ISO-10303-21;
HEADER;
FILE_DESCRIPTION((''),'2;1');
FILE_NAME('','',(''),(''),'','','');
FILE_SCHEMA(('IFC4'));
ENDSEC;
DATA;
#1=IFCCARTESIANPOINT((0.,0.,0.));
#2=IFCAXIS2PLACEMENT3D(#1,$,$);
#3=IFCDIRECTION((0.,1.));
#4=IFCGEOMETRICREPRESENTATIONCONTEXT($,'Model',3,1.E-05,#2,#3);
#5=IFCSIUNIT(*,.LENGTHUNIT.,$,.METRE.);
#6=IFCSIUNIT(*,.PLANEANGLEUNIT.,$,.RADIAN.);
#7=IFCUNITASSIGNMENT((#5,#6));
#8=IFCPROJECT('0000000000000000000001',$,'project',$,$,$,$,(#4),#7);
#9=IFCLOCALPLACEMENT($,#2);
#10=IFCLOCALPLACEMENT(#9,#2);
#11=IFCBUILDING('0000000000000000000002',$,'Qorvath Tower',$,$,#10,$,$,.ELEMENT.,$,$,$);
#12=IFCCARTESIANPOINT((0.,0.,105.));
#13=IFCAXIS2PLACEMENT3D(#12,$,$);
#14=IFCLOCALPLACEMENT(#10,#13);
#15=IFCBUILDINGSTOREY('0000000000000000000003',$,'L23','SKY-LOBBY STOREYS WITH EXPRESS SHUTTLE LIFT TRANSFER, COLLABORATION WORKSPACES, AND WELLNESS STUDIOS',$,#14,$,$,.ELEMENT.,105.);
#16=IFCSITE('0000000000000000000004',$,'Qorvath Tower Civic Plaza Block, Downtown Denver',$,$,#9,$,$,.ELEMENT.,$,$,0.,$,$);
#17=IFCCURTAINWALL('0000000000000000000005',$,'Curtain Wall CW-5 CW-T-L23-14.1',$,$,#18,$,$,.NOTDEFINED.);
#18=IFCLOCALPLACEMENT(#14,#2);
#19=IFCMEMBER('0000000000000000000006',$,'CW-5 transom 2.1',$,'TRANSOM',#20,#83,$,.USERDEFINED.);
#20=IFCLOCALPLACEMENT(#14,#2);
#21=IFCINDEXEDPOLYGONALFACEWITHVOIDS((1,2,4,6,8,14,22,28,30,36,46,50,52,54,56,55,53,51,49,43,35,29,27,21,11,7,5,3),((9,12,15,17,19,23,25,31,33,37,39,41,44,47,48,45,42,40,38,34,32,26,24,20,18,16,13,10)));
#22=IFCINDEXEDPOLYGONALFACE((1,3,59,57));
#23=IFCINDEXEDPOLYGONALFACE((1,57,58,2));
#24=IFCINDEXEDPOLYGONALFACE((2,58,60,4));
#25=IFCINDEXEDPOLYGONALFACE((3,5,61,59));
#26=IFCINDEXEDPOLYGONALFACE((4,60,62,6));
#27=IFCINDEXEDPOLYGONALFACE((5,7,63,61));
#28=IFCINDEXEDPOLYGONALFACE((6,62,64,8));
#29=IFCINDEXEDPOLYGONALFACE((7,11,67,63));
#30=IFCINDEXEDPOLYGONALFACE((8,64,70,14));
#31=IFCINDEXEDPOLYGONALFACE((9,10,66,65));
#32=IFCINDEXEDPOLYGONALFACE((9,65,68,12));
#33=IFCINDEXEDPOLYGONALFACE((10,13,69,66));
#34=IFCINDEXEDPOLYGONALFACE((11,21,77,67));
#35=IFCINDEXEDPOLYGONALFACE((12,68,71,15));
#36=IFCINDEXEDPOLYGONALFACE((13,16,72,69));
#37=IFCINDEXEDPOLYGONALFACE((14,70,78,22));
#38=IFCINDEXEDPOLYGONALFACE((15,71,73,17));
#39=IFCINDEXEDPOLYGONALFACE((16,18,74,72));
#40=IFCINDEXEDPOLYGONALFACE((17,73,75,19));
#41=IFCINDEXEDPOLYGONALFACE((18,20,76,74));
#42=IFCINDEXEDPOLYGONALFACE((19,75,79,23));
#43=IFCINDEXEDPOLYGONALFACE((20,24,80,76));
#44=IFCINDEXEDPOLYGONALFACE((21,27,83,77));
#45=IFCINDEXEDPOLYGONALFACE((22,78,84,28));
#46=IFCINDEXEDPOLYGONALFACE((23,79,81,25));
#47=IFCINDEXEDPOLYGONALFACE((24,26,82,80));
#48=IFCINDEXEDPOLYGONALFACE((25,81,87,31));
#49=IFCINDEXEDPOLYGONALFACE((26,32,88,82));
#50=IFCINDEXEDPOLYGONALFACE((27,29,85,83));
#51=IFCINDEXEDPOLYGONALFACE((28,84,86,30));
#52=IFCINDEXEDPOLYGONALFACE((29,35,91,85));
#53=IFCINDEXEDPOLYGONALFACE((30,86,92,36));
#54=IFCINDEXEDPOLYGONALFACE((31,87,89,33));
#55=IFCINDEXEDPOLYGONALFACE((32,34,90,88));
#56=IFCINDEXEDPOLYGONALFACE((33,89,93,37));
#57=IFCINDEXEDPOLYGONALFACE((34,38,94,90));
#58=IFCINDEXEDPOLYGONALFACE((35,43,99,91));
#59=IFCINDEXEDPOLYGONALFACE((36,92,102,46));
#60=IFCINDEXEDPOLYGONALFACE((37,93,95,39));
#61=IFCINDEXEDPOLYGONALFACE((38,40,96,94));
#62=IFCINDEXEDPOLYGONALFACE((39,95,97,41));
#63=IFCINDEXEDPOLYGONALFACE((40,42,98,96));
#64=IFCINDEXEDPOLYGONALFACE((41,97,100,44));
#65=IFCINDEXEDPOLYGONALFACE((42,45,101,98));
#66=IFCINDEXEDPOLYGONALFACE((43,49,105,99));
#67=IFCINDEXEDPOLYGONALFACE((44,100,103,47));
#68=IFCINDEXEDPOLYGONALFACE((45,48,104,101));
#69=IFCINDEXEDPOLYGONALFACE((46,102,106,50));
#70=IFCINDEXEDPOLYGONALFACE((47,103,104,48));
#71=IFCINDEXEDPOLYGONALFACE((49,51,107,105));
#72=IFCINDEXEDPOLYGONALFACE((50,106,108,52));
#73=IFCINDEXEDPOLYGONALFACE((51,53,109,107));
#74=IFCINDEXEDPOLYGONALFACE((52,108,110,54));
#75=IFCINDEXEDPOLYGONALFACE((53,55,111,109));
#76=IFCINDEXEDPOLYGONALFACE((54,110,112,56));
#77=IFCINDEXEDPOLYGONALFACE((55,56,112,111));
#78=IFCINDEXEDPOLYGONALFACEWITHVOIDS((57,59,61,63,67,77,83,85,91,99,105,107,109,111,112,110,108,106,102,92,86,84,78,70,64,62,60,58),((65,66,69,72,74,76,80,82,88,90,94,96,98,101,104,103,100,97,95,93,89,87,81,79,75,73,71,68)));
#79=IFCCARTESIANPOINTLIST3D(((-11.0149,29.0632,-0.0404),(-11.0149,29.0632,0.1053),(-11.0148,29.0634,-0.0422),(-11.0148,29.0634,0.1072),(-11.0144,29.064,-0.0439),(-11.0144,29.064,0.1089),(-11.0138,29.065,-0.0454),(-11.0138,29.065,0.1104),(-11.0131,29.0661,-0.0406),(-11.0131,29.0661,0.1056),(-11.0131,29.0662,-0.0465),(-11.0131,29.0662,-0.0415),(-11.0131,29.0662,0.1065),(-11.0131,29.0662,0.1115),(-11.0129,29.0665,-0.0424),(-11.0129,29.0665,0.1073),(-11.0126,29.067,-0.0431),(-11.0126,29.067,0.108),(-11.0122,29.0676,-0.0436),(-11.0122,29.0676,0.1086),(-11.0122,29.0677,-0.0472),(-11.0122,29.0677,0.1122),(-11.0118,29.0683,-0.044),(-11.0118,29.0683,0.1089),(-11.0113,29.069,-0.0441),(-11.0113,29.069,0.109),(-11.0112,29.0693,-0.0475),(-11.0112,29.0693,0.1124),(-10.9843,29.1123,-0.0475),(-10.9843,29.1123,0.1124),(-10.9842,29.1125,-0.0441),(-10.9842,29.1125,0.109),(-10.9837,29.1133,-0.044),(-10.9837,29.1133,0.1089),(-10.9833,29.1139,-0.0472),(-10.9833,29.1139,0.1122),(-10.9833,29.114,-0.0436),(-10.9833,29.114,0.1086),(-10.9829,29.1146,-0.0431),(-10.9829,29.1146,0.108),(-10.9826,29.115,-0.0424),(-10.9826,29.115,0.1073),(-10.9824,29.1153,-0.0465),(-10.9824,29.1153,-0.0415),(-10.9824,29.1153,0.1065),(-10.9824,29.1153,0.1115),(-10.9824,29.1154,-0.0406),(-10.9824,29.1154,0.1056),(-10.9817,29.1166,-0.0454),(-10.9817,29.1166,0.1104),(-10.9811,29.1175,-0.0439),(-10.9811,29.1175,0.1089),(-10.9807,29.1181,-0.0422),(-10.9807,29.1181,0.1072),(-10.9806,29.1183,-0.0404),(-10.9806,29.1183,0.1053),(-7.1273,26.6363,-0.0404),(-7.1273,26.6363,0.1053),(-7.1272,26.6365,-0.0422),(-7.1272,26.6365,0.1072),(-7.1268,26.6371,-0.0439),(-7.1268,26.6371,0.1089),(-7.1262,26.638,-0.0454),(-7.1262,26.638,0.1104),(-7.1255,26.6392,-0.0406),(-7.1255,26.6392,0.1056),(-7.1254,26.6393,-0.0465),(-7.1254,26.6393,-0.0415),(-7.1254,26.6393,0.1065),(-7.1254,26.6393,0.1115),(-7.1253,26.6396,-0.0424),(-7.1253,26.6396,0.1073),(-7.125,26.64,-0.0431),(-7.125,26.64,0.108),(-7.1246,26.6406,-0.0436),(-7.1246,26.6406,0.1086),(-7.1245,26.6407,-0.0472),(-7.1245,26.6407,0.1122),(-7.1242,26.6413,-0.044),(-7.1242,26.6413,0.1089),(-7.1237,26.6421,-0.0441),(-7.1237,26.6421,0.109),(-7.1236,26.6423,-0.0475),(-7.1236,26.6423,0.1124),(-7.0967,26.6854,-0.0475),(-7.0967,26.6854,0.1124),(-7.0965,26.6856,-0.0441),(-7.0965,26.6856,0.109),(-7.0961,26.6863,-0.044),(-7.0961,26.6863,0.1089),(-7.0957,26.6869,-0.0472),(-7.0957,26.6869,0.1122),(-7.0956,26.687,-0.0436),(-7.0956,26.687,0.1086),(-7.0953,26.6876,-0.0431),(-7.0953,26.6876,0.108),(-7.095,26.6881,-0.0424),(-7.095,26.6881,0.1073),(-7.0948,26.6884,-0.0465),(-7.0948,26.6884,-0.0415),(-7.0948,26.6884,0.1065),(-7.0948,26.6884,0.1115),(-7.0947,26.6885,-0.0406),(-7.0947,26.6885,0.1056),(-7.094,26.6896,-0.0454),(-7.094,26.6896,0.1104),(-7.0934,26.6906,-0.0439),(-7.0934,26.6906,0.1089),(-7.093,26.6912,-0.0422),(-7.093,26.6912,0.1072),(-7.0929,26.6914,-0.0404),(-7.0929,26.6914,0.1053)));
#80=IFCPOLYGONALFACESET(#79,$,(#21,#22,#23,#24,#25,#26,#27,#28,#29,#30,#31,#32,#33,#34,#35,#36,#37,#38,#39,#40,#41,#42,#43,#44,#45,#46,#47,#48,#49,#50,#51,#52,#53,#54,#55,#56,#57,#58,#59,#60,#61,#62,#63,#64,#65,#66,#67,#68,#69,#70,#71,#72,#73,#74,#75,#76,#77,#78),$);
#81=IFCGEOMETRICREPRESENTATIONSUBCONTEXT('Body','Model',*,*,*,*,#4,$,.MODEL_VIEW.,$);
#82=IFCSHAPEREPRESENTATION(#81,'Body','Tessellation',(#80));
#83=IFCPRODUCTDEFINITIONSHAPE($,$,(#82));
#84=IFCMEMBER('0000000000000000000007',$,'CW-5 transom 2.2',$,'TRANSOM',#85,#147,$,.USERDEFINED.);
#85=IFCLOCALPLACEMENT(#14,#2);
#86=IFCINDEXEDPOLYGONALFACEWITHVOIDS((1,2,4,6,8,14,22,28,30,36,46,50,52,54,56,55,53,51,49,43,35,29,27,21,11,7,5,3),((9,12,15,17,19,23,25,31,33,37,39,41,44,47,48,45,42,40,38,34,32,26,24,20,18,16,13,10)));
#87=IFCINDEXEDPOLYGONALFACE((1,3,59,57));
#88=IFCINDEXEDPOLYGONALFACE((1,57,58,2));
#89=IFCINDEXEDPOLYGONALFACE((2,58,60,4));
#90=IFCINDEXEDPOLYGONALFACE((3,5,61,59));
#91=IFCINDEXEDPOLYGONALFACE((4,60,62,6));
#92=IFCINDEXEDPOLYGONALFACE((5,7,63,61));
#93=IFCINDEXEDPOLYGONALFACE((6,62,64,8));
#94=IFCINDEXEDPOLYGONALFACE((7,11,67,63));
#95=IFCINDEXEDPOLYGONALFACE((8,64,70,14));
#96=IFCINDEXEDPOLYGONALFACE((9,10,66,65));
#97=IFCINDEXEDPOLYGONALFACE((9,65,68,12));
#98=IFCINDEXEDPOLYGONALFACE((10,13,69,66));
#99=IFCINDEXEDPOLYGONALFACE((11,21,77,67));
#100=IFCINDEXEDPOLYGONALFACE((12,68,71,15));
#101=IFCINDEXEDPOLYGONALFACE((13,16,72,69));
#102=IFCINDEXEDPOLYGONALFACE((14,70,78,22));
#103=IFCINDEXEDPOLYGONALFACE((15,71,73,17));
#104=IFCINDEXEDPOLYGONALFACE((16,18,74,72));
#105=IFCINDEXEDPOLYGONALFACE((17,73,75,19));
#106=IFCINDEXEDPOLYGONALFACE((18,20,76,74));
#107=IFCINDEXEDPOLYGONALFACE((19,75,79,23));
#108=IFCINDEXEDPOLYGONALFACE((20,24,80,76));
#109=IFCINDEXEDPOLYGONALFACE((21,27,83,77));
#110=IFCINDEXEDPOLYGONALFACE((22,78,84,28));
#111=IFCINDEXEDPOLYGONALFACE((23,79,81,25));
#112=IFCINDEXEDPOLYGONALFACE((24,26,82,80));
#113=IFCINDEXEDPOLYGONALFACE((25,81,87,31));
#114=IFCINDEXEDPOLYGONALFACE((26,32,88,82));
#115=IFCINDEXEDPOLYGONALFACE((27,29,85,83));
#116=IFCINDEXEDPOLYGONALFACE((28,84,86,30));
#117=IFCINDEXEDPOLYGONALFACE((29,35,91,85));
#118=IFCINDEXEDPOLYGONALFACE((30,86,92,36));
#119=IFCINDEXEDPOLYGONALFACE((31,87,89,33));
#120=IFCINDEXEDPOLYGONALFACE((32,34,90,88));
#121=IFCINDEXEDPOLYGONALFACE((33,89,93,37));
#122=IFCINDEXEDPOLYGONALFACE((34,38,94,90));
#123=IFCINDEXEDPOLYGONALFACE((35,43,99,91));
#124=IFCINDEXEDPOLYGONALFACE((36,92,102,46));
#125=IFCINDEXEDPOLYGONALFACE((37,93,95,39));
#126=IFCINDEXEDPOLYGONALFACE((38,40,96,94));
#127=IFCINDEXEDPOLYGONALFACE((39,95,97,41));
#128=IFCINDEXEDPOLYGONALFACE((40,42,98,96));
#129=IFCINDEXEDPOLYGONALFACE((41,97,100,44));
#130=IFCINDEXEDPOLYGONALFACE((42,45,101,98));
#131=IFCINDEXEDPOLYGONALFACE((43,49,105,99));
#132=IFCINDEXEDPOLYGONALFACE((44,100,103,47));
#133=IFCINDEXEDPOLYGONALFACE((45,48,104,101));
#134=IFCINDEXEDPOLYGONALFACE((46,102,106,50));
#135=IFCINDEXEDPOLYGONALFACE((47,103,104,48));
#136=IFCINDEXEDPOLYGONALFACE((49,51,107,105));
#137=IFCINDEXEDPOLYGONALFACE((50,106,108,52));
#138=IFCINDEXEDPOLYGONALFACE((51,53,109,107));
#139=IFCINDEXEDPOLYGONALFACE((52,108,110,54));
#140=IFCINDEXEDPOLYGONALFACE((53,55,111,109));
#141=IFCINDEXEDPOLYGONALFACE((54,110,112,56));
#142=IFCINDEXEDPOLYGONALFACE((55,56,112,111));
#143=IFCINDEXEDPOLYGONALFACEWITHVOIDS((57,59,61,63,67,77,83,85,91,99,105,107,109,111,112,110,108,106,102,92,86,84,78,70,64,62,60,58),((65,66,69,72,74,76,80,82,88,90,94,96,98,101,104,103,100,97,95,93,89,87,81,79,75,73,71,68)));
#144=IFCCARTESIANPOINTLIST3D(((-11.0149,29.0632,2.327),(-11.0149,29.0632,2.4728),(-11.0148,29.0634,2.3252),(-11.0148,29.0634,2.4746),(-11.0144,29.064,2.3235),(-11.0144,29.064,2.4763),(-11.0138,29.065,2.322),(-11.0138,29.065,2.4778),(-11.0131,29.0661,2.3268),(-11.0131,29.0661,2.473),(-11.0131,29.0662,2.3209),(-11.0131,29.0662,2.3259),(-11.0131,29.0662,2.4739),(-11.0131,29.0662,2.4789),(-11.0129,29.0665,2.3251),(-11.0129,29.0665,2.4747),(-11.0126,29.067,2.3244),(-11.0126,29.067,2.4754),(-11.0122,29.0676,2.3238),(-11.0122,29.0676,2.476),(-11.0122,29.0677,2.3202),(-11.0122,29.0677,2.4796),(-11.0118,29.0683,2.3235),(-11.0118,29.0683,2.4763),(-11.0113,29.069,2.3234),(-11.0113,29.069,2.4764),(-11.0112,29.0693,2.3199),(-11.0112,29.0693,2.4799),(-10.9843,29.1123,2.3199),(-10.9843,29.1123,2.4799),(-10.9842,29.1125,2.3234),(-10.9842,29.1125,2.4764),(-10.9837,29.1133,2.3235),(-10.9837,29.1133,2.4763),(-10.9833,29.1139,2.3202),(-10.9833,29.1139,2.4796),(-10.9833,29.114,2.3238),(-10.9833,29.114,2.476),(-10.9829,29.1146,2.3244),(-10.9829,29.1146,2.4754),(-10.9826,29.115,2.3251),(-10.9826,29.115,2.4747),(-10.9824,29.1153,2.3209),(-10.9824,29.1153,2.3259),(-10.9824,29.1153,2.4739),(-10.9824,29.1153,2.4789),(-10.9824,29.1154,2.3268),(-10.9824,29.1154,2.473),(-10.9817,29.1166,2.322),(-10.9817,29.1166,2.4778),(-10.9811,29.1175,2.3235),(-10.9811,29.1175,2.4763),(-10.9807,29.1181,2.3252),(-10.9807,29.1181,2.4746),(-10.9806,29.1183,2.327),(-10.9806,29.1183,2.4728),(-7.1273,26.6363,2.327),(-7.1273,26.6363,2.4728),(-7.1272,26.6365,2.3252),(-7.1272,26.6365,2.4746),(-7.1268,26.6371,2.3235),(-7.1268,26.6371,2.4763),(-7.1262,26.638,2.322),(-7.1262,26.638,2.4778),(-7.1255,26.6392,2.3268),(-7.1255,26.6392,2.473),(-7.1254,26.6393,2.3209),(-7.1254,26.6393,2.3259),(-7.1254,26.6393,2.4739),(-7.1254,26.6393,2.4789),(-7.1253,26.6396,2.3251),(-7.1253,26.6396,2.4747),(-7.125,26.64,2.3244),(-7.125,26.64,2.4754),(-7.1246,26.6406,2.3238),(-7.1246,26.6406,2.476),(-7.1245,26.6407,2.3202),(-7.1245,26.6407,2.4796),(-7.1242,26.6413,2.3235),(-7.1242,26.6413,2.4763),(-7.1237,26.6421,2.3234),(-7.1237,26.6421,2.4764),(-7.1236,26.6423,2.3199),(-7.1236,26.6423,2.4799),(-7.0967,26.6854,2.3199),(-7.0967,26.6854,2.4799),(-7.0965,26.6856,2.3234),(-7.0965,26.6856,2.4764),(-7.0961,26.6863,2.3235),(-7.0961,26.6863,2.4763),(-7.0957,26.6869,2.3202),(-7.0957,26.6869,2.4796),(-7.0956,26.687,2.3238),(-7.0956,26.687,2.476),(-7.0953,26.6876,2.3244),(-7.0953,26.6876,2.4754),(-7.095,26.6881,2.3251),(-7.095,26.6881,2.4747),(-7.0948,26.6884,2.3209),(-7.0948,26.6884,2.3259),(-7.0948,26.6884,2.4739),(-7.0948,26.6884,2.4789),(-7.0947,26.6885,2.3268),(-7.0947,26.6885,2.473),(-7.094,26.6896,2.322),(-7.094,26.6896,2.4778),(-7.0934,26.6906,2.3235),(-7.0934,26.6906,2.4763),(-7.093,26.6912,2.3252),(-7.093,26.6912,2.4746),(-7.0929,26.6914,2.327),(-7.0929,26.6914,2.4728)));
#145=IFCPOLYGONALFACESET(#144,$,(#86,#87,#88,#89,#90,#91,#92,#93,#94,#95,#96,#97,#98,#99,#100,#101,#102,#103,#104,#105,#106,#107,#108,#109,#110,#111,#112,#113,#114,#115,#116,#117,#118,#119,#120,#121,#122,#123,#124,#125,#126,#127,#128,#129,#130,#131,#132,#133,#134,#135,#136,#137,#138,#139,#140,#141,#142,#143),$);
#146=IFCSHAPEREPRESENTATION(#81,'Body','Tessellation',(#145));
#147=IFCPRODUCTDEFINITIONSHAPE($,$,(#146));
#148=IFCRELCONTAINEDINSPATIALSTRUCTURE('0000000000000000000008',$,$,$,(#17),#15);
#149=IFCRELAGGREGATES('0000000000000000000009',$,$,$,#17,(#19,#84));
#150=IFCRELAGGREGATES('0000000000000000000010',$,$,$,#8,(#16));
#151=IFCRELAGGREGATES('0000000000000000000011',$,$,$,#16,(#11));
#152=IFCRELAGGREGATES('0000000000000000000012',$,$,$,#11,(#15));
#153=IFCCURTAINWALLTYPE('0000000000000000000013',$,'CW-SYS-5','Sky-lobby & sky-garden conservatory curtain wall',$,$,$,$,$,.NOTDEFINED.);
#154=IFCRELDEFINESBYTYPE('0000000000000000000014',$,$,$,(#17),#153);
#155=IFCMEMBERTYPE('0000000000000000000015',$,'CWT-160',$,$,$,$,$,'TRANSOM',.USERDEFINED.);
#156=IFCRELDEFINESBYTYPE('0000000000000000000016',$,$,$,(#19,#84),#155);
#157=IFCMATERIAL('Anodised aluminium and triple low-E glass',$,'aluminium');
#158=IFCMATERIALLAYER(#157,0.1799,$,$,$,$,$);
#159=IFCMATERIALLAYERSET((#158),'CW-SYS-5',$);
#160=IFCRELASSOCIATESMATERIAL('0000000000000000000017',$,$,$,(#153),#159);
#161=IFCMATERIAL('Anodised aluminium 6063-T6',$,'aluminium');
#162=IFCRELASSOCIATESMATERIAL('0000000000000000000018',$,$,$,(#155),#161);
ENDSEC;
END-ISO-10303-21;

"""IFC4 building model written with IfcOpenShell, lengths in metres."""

from ifc_helpers import new_model, si_unit, direction, frame, origin, origin_2d, place, context, subcontext, project, spatial, hollow_rectangle, extrude, material, layer, layer_set, material_profile, profile_set, type_object, element, aggregate, save


model = new_model("IFC4")

# Units and contexts
model_context = context("Model", 3, precision=1e-05, world=origin(), true_north=direction((0.0, 1.0)))
body_context = subcontext(model_context, "Body", "Model", "MODEL_VIEW")
ifc_project = project(units=[si_unit("LENGTHUNIT", "METRE"), si_unit("PLANEANGLEUNIT", "RADIAN")], contexts=[model_context])

# Site, building, storey
site_placement = place(None, origin())
site = spatial("IfcSite", under=ifc_project, at=site_placement, Name="Qorvath Tower Civic Plaza Block, Downtown Denver", CompositionType="ELEMENT", RefElevation=0.0)
building_placement = place(site_placement, origin())
building = spatial("IfcBuilding", under=site, at=building_placement, Name="Qorvath Tower", CompositionType="ELEMENT")
storey_placement = place(building_placement, frame((0.0, 0.0, 105.0)))
storey = spatial("IfcBuildingStorey", under=building, at=storey_placement, Name="L23", Description="SKY-LOBBY STOREYS WITH EXPRESS SHUTTLE LIFT TRANSFER, COLLABORATION WORKSPACES, AND WELLNESS STUDIOS", CompositionType="ELEMENT", Elevation=105.0)

# Shared definitions
ifc_material_1 = material(Name="Anodised aluminium and triple low-E glass", Category="aluminium")
ifc_layer_1 = layer(ifc_material_1, 0.1799)
ifc_layer_set_1 = layer_set([ifc_layer_1], Name="CW-SYS-5")
curtain_wall_type = type_object("IfcCurtainWallType", Name="CW-SYS-5", Description="Sky-lobby & sky-garden conservatory curtain wall", PredefinedType="NOTDEFINED", material=ifc_layer_set_1)

# Curtain wall
curtain_wall_1_placement = place(storey_placement, origin())
curtain_wall_1 = element("IfcCurtainWall", 1, at=curtain_wall_1_placement, inside=storey, type_object=curtain_wall_type, Name="Curtain Wall CW-5 CW-T-L23-14.1", PredefinedType="NOTDEFINED")

# Members
ifc_material_2 = material(Name="Anodised aluminium 6063-T6", Category="aluminium")
ifc_material_profile_1 = material_profile(ifc_material_2, hollow_rectangle(XDim=0.0649, YDim=0.1599, WallThickness=0.0034, InnerFilletRadius=0.0034, OuterFilletRadius=0.0071, at=origin_2d()), Name="CWT 160x65")
ifc_profile_set_1 = profile_set([ifc_material_profile_1], Name="Anodised aluminium 6063-T6")
member_type_1 = type_object("IfcMemberType", Name="CWT-160", ElementType="TRANSOM", PredefinedType="USERDEFINED", material=ifc_profile_set_1)
member_1_placement = place(storey_placement, frame((-7.1101, 26.6638, 0.0325), z_axis=(-0.848274, 0.529558, 0.0), x_axis=(-0.529558, -0.848274, 0.0)))
member_1 = element("IfcMember", 2, at=member_1_placement, type_object=member_type_1, Name="CW-5 transom 2.1", ObjectType="TRANSOM", PredefinedType="USERDEFINED", context=body_context, shape_type="SweptSolid", body=[
    extrude(hollow_rectangle(XDim=0.0649, YDim=0.1599, WallThickness=0.0034, InnerFilletRadius=0.0034, OuterFilletRadius=0.0071, at=origin_2d()), origin(), (0.0, 0.0, 1.0), 4.583),
])
member_2_placement = place(storey_placement, frame((-7.1101, 26.6638, 2.3999), z_axis=(-0.848274, 0.529558, 0.0), x_axis=(-0.529558, -0.848274, 0.0)))
member_2 = element("IfcMember", 3, at=member_2_placement, type_object=member_type_1, Name="CW-5 transom 2.2", ObjectType="TRANSOM", PredefinedType="USERDEFINED", context=body_context, shape_type="SweptSolid", body=[
    extrude(hollow_rectangle(XDim=0.0649, YDim=0.1599, WallThickness=0.0034, InnerFilletRadius=0.0034, OuterFilletRadius=0.0071, at=origin_2d()), origin(), (0.0, 0.0, 1.0), 4.583),
])

aggregate(curtain_wall_1, [member_1, member_2])

save(model, "model.ifc")
